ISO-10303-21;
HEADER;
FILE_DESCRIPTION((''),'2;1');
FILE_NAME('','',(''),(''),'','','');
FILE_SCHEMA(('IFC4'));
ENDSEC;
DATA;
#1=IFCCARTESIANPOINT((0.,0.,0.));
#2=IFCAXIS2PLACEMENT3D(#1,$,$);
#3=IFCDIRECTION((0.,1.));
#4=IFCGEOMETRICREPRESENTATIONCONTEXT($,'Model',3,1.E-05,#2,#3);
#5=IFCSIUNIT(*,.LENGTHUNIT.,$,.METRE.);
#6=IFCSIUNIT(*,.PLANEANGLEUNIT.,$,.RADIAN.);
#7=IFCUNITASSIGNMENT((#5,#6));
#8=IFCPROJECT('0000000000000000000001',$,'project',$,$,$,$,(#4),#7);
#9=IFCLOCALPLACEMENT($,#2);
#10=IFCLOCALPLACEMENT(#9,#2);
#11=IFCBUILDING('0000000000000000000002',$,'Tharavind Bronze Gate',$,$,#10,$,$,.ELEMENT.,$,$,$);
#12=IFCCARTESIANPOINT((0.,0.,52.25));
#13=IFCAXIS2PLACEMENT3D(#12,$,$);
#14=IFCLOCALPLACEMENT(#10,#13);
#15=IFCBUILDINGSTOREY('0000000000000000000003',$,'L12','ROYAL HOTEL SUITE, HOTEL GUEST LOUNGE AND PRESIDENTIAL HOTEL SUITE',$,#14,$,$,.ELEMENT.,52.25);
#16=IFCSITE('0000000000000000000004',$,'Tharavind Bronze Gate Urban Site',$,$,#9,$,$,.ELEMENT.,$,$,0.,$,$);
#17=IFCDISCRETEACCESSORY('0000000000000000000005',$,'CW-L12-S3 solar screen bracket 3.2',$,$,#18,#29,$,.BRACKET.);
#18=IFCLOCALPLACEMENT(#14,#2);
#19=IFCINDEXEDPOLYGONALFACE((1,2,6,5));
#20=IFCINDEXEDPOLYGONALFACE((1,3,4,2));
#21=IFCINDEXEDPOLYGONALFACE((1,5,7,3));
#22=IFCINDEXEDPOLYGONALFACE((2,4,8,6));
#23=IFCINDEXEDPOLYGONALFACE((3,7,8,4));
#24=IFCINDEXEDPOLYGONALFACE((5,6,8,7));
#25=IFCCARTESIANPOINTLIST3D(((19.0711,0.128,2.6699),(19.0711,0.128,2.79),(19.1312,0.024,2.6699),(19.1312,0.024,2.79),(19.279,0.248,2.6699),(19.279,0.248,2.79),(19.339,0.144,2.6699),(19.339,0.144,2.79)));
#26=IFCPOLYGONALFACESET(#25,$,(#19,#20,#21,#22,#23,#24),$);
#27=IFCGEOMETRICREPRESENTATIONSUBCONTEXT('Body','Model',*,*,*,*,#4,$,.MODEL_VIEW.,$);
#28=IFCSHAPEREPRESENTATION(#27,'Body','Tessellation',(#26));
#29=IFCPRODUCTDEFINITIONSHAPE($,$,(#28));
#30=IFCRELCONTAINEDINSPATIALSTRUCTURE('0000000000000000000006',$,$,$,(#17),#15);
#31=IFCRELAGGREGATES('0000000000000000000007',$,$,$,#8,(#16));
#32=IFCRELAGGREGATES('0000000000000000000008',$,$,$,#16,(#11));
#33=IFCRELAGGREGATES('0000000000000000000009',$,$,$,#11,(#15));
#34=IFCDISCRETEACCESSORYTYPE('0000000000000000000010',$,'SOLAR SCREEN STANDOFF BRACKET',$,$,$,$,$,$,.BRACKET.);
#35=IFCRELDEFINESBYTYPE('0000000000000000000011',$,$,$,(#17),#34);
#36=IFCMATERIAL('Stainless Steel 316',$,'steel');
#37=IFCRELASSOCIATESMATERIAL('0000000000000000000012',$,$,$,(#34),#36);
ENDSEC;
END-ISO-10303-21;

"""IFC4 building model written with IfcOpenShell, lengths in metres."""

from ifc_helpers import new_model, si_unit, direction, frame, origin, origin_2d, place, context, subcontext, project, spatial, rectangle, extrude, material, type_object, element, save


model = new_model("IFC4")

# Units and contexts
model_context = context("Model", 3, precision=1e-05, world=origin(), true_north=direction((0.0, 1.0)))
body_context = subcontext(model_context, "Body", "Model", "MODEL_VIEW")
ifc_project = project(units=[si_unit("LENGTHUNIT", "METRE"), si_unit("PLANEANGLEUNIT", "RADIAN")], contexts=[model_context])

# Site, building, storey
site_placement = place(None, origin())
site = spatial("IfcSite", under=ifc_project, at=site_placement, Name="Tharavind Bronze Gate Urban Site", CompositionType="ELEMENT", RefElevation=0.0)
building_placement = place(site_placement, origin())
building = spatial("IfcBuilding", under=site, at=building_placement, Name="Tharavind Bronze Gate", CompositionType="ELEMENT")
storey_placement = place(building_placement, frame((0.0, 0.0, 52.25)))
storey = spatial("IfcBuildingStorey", under=building, at=storey_placement, Name="L12", Description="ROYAL HOTEL SUITE, HOTEL GUEST LOUNGE AND PRESIDENTIAL HOTEL SUITE", CompositionType="ELEMENT", Elevation=52.25)

# Discrete accessory
ifc_material_1 = material(Name="Stainless Steel 316", Category="steel")
discrete_accessory_type_1 = type_object("IfcDiscreteAccessoryType", Name="SOLAR SCREEN STANDOFF BRACKET", PredefinedType="BRACKET", material=ifc_material_1)
discrete_accessory_1_placement = place(storey_placement, frame((19.2051, 0.136, 2.6699), z_axis=(0.0, 0.0, 1.0), x_axis=(-0.500002, 0.866025, 0.0)))
element("IfcDiscreteAccessory", 1, at=discrete_accessory_1_placement, inside=storey, type_object=discrete_accessory_type_1, Name="CW-L12-S3 solar screen bracket 3.2", PredefinedType="BRACKET", context=body_context, shape_type="SweptSolid", body=[
    extrude(rectangle(XDim=0.1201, YDim=0.24, at=origin_2d()), origin(), (0.0, 0.0, 1.0), 0.1201),
])

save(model, "model.ifc")
